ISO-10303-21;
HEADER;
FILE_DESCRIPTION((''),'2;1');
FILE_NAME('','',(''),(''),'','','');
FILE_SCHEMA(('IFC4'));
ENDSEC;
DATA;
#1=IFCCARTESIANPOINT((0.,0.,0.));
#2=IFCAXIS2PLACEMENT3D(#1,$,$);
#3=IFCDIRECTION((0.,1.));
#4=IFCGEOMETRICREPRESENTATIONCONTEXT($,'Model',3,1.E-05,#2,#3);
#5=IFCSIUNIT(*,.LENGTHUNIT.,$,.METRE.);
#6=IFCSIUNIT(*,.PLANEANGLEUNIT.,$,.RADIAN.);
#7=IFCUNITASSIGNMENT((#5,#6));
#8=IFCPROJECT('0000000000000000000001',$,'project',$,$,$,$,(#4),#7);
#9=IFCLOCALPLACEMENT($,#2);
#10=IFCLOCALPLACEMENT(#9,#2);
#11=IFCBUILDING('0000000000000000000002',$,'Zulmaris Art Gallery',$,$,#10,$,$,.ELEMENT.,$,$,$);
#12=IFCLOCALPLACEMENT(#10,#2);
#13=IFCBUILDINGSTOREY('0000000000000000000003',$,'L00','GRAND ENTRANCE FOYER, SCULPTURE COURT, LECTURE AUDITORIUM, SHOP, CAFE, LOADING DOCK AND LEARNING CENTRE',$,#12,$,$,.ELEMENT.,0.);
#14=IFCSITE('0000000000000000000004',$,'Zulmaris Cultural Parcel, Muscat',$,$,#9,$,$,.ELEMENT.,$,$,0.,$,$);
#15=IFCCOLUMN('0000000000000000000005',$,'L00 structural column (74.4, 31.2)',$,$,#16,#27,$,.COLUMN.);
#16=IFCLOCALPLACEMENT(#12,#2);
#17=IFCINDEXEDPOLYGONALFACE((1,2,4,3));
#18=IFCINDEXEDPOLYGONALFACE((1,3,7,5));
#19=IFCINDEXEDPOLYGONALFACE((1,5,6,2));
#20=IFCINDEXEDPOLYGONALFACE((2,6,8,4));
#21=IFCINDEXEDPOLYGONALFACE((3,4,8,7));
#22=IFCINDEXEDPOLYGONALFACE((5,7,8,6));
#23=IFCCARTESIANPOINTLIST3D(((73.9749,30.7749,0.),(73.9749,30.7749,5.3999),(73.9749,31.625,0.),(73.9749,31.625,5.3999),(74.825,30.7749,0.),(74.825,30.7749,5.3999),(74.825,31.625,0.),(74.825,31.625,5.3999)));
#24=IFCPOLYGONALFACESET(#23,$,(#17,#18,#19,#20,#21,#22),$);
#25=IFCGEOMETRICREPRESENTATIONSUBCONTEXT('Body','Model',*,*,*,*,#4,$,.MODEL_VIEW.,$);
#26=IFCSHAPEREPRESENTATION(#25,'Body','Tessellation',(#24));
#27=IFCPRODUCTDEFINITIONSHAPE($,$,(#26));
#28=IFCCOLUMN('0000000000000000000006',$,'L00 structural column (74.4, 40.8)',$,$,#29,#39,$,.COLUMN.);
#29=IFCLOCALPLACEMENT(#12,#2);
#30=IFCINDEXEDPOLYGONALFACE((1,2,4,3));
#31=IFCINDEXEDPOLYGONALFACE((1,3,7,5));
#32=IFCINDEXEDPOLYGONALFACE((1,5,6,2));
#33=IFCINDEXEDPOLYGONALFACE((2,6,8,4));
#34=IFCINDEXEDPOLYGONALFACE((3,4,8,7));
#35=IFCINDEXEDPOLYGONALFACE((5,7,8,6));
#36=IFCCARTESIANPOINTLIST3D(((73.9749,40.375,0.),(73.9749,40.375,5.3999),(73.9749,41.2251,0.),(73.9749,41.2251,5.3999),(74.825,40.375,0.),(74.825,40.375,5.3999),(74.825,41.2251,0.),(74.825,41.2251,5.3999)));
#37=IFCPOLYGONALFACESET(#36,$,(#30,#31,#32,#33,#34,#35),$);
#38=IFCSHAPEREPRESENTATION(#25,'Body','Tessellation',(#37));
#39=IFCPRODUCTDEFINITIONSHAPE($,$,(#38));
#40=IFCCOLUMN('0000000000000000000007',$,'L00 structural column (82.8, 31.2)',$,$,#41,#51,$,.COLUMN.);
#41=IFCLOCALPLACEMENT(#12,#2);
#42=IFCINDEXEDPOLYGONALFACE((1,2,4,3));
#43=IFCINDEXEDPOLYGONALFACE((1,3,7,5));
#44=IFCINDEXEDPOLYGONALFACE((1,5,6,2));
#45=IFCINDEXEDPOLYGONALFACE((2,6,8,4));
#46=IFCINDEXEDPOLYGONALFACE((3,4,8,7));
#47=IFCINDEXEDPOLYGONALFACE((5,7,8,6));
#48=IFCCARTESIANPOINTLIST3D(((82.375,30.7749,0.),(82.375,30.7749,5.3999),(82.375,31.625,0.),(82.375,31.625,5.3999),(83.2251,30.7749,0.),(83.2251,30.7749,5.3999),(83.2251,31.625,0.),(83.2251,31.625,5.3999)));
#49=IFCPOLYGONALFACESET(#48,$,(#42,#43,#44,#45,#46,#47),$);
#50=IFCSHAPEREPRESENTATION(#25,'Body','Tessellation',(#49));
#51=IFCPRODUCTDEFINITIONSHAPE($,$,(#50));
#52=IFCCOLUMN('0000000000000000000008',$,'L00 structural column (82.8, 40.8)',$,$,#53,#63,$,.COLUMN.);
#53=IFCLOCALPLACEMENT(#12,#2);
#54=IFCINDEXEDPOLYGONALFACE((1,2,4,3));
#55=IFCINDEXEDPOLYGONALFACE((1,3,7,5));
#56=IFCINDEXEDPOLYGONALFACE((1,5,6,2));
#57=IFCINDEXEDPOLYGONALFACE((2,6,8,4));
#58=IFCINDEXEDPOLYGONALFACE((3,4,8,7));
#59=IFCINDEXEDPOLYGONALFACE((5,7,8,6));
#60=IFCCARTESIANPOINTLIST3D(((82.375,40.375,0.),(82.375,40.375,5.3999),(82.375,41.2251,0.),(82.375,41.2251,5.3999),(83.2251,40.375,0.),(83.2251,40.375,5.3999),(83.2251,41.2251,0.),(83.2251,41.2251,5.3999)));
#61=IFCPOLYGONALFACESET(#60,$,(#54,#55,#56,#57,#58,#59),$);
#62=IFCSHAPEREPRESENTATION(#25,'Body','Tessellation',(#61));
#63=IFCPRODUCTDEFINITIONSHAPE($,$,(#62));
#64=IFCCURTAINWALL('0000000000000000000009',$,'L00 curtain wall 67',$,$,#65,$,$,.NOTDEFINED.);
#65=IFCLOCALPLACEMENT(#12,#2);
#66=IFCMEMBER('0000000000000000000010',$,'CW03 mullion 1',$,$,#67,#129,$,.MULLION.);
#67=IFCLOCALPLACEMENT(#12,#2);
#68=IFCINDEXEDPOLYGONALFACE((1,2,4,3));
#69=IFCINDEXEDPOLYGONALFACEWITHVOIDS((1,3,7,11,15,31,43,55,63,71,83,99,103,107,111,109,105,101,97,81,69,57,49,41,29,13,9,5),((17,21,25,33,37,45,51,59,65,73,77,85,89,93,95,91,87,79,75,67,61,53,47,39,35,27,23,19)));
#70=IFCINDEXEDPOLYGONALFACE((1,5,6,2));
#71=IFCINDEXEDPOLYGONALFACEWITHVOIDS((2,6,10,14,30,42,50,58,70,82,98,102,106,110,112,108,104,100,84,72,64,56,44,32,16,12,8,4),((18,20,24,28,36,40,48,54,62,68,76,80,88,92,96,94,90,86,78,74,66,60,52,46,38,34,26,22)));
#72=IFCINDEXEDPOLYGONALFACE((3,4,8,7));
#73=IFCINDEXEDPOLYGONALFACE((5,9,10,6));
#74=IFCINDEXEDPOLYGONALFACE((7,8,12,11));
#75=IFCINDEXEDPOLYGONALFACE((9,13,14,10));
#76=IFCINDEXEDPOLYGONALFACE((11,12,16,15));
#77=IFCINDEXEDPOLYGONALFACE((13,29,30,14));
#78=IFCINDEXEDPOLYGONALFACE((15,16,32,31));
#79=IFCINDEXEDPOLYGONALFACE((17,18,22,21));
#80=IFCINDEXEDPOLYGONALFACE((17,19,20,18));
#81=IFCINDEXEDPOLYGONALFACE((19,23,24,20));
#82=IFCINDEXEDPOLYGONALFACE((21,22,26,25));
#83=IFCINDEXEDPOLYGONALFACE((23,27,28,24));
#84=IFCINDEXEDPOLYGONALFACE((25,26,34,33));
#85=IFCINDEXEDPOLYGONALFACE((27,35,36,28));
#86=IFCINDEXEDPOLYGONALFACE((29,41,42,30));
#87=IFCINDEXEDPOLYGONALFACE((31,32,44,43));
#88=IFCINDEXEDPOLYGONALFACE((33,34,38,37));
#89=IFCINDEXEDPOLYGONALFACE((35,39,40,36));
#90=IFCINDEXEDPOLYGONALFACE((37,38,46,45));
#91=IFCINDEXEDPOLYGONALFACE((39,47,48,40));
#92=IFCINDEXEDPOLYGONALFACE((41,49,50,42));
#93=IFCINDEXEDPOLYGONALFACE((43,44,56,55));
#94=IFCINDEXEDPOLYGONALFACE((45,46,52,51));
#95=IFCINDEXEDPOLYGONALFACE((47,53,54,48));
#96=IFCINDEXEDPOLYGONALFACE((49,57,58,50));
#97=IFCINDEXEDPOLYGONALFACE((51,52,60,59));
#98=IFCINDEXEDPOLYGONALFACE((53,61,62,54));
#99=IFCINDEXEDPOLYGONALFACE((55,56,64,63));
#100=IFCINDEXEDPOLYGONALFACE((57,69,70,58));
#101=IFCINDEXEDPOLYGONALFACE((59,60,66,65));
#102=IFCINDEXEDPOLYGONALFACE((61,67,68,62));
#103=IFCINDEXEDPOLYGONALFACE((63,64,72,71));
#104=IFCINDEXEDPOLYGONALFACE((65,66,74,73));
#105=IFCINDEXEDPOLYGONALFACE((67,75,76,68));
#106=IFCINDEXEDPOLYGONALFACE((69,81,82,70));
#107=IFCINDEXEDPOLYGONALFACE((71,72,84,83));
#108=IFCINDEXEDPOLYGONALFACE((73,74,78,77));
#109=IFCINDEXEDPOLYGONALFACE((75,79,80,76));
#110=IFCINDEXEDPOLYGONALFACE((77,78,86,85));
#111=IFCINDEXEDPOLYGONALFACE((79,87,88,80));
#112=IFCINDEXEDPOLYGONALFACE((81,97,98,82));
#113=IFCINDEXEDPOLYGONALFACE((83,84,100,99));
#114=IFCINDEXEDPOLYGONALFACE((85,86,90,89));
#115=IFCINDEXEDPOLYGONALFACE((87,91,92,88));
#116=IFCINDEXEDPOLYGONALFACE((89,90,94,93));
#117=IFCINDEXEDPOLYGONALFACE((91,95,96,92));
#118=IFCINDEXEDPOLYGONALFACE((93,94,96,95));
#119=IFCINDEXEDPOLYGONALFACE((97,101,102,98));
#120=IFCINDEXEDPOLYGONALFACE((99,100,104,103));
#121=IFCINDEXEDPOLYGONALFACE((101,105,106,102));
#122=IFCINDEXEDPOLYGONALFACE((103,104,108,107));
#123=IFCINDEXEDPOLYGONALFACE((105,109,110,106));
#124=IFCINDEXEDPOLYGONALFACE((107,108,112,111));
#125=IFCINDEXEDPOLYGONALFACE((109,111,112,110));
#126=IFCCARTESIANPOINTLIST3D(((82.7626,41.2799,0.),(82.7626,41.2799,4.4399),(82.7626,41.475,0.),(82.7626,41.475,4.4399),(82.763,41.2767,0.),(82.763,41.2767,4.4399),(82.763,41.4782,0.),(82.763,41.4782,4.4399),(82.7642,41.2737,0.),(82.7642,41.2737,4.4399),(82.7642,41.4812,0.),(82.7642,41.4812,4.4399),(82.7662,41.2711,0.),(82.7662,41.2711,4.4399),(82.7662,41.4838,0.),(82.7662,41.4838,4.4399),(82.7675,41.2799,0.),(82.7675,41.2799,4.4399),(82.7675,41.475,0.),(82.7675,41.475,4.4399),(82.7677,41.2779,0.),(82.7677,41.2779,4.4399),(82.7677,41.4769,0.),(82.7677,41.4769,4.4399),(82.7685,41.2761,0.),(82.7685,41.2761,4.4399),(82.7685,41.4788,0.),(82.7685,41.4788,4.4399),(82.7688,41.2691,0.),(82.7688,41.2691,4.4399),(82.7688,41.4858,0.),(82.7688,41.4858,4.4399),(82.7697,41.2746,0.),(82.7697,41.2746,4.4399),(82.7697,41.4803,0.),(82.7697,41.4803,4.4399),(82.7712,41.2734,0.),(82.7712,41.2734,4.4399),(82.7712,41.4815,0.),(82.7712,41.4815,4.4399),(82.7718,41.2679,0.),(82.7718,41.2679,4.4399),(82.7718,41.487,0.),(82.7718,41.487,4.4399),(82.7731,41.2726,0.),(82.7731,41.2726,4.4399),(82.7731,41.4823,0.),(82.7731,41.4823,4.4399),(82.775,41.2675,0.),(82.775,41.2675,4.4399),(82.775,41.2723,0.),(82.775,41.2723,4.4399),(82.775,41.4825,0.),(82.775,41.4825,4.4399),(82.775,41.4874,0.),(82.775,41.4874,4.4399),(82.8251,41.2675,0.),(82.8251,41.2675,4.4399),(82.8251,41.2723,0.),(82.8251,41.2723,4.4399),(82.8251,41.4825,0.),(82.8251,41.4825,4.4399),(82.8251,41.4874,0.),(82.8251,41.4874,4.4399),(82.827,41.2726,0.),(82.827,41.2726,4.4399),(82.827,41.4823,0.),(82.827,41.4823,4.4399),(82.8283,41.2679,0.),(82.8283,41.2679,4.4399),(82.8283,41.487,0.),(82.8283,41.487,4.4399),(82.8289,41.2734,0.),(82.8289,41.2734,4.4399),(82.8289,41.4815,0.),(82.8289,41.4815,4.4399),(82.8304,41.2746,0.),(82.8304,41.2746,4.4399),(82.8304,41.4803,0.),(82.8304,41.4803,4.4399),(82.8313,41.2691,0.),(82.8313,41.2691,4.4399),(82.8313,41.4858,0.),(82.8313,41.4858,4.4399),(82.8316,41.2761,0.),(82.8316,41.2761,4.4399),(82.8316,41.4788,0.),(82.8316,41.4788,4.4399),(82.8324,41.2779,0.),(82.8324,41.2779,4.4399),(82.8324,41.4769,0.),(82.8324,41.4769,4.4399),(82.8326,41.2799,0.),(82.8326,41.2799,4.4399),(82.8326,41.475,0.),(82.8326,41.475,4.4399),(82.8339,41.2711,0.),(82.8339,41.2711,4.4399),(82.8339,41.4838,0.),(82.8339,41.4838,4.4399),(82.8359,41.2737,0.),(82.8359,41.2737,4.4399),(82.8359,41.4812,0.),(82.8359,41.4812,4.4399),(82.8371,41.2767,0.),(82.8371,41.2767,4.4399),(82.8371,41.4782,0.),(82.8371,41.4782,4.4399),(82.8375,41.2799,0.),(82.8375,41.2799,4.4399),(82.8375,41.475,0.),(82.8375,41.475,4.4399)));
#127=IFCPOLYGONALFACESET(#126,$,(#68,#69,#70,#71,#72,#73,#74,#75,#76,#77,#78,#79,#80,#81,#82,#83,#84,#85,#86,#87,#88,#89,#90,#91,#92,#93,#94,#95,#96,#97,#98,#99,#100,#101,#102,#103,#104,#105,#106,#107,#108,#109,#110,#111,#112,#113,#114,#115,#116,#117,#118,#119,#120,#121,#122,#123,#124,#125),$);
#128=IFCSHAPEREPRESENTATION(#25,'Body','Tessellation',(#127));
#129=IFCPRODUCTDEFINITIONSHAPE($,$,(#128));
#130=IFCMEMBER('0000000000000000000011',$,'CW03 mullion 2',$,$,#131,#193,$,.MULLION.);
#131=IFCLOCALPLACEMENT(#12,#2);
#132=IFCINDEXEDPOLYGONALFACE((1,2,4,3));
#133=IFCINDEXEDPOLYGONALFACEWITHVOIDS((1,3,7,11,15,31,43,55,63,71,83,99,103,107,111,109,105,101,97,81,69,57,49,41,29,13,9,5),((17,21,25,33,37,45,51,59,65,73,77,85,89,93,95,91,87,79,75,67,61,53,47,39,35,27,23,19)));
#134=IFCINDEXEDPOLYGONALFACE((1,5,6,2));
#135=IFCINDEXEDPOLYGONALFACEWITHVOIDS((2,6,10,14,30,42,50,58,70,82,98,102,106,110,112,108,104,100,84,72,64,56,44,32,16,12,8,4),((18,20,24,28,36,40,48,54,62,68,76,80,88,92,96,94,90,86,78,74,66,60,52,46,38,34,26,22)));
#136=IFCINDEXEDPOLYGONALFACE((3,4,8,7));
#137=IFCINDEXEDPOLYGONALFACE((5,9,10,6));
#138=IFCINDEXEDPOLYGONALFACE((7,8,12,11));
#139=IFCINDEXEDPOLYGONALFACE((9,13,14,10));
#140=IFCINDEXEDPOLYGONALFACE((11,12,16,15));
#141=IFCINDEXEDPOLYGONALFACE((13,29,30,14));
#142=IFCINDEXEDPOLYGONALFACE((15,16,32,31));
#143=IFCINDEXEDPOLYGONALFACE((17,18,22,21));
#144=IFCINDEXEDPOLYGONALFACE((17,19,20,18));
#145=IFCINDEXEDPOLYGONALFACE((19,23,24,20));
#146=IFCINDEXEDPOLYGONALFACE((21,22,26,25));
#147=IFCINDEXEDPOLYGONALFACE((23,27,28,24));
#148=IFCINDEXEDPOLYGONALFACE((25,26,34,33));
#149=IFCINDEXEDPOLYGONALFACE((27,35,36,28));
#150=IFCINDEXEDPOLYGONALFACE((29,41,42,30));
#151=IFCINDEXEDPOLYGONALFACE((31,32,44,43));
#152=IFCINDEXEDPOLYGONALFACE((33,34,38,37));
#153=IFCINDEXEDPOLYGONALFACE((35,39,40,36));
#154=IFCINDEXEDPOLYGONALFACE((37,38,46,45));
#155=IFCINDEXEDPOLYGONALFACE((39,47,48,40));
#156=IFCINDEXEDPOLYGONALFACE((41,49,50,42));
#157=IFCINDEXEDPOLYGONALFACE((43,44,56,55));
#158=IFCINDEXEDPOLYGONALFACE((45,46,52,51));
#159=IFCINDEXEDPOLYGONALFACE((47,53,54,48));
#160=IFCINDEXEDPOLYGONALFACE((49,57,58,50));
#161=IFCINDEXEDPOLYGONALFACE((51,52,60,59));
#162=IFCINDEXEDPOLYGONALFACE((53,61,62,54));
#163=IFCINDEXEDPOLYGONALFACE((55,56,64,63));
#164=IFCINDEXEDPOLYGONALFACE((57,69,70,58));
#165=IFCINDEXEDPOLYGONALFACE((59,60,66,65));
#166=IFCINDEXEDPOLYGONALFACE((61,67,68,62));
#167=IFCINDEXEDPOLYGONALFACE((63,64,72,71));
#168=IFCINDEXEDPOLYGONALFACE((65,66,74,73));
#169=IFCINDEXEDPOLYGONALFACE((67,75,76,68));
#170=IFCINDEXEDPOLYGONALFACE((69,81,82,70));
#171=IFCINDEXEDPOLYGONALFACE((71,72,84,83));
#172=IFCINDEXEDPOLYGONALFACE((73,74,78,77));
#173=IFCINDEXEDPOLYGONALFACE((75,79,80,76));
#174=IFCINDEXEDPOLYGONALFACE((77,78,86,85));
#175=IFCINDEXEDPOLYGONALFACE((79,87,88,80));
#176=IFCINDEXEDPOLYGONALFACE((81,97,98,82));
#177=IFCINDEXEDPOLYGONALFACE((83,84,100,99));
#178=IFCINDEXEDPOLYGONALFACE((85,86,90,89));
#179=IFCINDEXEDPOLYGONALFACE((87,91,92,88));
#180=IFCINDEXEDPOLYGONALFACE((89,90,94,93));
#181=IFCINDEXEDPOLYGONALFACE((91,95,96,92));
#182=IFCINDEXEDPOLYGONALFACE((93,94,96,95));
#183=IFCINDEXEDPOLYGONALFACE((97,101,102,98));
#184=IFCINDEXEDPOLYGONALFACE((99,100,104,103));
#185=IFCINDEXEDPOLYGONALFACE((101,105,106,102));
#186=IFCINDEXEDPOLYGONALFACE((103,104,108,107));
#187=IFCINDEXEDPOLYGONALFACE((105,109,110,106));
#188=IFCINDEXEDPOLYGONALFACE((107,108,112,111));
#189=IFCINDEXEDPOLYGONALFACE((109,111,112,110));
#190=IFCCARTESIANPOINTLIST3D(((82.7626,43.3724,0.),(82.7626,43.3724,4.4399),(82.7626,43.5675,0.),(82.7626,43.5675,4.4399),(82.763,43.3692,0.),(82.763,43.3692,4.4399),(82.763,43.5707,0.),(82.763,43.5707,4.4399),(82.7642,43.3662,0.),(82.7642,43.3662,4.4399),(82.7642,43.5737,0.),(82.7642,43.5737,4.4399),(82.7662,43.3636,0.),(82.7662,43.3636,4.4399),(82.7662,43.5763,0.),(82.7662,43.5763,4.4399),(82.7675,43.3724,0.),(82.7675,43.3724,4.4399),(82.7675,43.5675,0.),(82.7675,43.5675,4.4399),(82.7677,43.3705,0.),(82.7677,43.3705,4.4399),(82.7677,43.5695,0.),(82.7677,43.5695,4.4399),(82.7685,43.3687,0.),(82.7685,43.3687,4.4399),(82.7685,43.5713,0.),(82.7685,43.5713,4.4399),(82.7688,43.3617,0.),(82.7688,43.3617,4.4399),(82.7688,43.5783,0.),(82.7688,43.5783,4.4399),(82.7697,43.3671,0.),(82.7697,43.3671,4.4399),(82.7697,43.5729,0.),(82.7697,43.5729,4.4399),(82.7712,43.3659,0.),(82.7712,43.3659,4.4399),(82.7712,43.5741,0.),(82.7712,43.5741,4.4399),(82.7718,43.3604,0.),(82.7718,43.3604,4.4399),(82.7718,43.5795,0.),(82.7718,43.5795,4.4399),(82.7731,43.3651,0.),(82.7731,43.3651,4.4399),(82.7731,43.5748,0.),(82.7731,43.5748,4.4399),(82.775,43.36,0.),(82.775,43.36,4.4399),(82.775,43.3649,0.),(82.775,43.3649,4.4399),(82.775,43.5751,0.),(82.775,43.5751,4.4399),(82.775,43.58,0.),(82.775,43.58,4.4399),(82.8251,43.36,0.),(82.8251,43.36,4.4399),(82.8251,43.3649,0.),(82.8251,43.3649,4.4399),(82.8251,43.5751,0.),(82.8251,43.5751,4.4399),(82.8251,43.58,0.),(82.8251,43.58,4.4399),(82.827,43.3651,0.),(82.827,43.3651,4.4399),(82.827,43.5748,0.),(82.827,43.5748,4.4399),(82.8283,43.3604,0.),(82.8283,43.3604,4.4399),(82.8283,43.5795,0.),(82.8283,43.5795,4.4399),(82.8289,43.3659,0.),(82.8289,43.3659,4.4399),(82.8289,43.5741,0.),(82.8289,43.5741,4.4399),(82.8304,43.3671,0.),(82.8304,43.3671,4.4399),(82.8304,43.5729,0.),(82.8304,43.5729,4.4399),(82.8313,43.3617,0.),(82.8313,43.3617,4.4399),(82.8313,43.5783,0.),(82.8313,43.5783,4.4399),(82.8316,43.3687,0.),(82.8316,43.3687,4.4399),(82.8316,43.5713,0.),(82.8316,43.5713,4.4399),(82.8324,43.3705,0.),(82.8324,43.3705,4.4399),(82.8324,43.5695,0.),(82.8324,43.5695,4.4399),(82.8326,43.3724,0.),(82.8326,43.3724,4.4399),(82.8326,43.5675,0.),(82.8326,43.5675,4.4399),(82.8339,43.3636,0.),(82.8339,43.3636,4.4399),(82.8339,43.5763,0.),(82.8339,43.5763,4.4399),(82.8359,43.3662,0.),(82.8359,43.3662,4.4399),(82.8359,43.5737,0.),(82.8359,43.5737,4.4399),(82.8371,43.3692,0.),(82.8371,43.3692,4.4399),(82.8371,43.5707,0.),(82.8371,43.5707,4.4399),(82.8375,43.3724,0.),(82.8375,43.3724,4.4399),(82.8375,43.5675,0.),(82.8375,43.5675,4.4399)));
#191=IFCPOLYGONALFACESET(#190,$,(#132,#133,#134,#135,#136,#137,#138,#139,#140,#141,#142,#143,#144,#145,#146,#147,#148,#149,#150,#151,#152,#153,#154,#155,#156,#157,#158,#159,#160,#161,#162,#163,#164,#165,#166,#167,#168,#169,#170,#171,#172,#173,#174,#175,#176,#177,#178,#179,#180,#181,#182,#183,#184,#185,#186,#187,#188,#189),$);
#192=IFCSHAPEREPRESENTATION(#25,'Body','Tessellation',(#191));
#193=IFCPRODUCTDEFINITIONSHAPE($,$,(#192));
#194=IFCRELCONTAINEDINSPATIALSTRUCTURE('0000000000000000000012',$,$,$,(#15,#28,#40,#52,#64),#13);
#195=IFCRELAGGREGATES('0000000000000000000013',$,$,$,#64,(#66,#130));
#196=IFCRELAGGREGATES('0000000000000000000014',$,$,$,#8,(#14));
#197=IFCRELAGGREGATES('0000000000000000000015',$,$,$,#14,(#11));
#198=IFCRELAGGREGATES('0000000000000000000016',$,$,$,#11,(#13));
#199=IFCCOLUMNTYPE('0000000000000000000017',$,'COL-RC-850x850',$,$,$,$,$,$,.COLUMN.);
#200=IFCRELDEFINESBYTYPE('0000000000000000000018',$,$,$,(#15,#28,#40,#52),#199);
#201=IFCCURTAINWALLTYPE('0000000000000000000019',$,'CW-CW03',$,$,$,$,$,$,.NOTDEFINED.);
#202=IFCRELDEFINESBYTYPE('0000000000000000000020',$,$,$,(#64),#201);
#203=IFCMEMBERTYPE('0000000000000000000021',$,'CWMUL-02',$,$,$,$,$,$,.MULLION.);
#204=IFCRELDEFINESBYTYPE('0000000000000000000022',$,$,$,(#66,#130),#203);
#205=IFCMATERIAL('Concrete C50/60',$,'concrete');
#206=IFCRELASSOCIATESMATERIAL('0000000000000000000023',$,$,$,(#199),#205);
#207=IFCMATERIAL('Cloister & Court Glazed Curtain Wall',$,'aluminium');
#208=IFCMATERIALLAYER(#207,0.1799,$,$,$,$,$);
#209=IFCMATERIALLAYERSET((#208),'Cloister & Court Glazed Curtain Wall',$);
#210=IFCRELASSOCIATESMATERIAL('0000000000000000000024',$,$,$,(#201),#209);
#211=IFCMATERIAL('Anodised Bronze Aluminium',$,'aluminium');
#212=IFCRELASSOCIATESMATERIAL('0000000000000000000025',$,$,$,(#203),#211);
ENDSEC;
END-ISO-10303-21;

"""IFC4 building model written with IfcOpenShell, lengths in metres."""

from ifc_helpers import new_model, si_unit, direction, frame, origin, origin_2d, place, context, subcontext, project, spatial, rectangle, hollow_rectangle, extrude, material, layer, layer_set, material_profile, profile_set, type_object, element, aggregate, save


model = new_model("IFC4")

# Units and contexts
model_context = context("Model", 3, precision=1e-05, world=origin(), true_north=direction((0.0, 1.0)))
body_context = subcontext(model_context, "Body", "Model", "MODEL_VIEW")
ifc_project = project(units=[si_unit("LENGTHUNIT", "METRE"), si_unit("PLANEANGLEUNIT", "RADIAN")], contexts=[model_context])

# Site, building, storey
site_placement = place(None, origin())
site = spatial("IfcSite", under=ifc_project, at=site_placement, Name="Zulmaris Cultural Parcel, Muscat", CompositionType="ELEMENT", RefElevation=0.0)
building_placement = place(site_placement, origin())
building = spatial("IfcBuilding", under=site, at=building_placement, Name="Zulmaris Art Gallery", CompositionType="ELEMENT")
storey_placement = place(building_placement, origin())
storey = spatial("IfcBuildingStorey", under=building, at=storey_placement, Name="L00", Description="GRAND ENTRANCE FOYER, SCULPTURE COURT, LECTURE AUDITORIUM, SHOP, CAFE, LOADING DOCK AND LEARNING CENTRE", CompositionType="ELEMENT", Elevation=0.0)

# Columns
ifc_material_1 = material(Name="Concrete C50/60", Category="concrete")
ifc_material_profile_1 = material_profile(ifc_material_1, rectangle(XDim=0.8501, YDim=0.8501, at=origin_2d()), Name="RC 850x850")
ifc_profile_set_1 = profile_set([ifc_material_profile_1], Name="Concrete C50/60")
column_type_1 = type_object("IfcColumnType", Name="COL-RC-850x850", PredefinedType="COLUMN", material=ifc_profile_set_1)
for number, where, z_axis, x_axis, name in (
    (1, (74.3999, 31.2, 0.0), (0.0, 0.0, 1.0), (1.0, 0.0, 0.0), "L00 structural column (74.4, 31.2)"),
    (2, (74.3999, 40.8, 0.0), (0.0, 0.0, 1.0), (1.0, 0.0, 0.0), "L00 structural column (74.4, 40.8)"),
    (3, (82.8, 31.2, 0.0), (0.0, 0.0, 1.0), (1.0, 0.0, 0.0), "L00 structural column (82.8, 31.2)"),
    (4, (82.8, 40.8, 0.0), (0.0, 0.0, 1.0), (1.0, 0.0, 0.0), "L00 structural column (82.8, 40.8)"),
):
    element("IfcColumn", number, at=place(storey_placement, frame(where, z_axis=z_axis, x_axis=x_axis)), inside=storey, type_object=column_type_1, Name=name, PredefinedType="COLUMN", context=body_context, shape_type="SweptSolid", body=[
        extrude(rectangle(XDim=0.8501, YDim=0.8501, at=origin_2d()), origin(), (0.0, 0.0, 1.0), 5.3999),
    ])

# Curtain wall, members
ifc_material_2 = material(Name="Cloister & Court Glazed Curtain Wall", Category="aluminium")
ifc_layer_1 = layer(ifc_material_2, 0.1799)
ifc_layer_set_1 = layer_set([ifc_layer_1], Name="Cloister & Court Glazed Curtain Wall")
curtain_wall_type = type_object("IfcCurtainWallType", Name="CW-CW03", PredefinedType="NOTDEFINED", material=ifc_layer_set_1)
curtain_wall_placement = place(storey_placement, origin())
curtain_wall = element("IfcCurtainWall", 5, at=curtain_wall_placement, inside=storey, type_object=curtain_wall_type, Name="L00 curtain wall 67", PredefinedType="NOTDEFINED")
ifc_material_3 = material(Name="Anodised Bronze Aluminium", Category="aluminium")
ifc_material_profile_2 = material_profile(ifc_material_3, hollow_rectangle(XDim=0.075, YDim=0.22, WallThickness=0.0049, InnerFilletRadius=0.0076, OuterFilletRadius=0.0125, at=origin_2d()), Name="ALU 75x220x5")
ifc_profile_set_2 = profile_set([ifc_material_profile_2], Name="Anodised Bronze Aluminium")
member_type_1 = type_object("IfcMemberType", Name="CWMUL-02", PredefinedType="MULLION", material=ifc_profile_set_2)
member_1_placement = place(storey_placement, frame((82.8, 41.3774, 0.0), z_axis=(0.0, 0.0, 1.0), x_axis=(-1.0, 0.0, 0.0)))
member_1 = element("IfcMember", 6, at=member_1_placement, type_object=member_type_1, Name="CW03 mullion 1", PredefinedType="MULLION", context=body_context, shape_type="SweptSolid", body=[
    extrude(hollow_rectangle(XDim=0.075, YDim=0.22, WallThickness=0.0049, InnerFilletRadius=0.0076, OuterFilletRadius=0.0125, at=origin_2d()), origin(), (0.0, 0.0, 1.0), 4.4399),
])
member_2_placement = place(storey_placement, frame((82.8, 43.47, 0.0), z_axis=(0.0, 0.0, 1.0), x_axis=(-1.0, 0.0, 0.0)))
member_2 = element("IfcMember", 7, at=member_2_placement, type_object=member_type_1, Name="CW03 mullion 2", PredefinedType="MULLION", context=body_context, shape_type="SweptSolid", body=[
    extrude(hollow_rectangle(XDim=0.075, YDim=0.22, WallThickness=0.0049, InnerFilletRadius=0.0076, OuterFilletRadius=0.0125, at=origin_2d()), origin(), (0.0, 0.0, 1.0), 4.4399),
])
aggregate(curtain_wall, [member_1, member_2])

save(model, "model.ifc")
